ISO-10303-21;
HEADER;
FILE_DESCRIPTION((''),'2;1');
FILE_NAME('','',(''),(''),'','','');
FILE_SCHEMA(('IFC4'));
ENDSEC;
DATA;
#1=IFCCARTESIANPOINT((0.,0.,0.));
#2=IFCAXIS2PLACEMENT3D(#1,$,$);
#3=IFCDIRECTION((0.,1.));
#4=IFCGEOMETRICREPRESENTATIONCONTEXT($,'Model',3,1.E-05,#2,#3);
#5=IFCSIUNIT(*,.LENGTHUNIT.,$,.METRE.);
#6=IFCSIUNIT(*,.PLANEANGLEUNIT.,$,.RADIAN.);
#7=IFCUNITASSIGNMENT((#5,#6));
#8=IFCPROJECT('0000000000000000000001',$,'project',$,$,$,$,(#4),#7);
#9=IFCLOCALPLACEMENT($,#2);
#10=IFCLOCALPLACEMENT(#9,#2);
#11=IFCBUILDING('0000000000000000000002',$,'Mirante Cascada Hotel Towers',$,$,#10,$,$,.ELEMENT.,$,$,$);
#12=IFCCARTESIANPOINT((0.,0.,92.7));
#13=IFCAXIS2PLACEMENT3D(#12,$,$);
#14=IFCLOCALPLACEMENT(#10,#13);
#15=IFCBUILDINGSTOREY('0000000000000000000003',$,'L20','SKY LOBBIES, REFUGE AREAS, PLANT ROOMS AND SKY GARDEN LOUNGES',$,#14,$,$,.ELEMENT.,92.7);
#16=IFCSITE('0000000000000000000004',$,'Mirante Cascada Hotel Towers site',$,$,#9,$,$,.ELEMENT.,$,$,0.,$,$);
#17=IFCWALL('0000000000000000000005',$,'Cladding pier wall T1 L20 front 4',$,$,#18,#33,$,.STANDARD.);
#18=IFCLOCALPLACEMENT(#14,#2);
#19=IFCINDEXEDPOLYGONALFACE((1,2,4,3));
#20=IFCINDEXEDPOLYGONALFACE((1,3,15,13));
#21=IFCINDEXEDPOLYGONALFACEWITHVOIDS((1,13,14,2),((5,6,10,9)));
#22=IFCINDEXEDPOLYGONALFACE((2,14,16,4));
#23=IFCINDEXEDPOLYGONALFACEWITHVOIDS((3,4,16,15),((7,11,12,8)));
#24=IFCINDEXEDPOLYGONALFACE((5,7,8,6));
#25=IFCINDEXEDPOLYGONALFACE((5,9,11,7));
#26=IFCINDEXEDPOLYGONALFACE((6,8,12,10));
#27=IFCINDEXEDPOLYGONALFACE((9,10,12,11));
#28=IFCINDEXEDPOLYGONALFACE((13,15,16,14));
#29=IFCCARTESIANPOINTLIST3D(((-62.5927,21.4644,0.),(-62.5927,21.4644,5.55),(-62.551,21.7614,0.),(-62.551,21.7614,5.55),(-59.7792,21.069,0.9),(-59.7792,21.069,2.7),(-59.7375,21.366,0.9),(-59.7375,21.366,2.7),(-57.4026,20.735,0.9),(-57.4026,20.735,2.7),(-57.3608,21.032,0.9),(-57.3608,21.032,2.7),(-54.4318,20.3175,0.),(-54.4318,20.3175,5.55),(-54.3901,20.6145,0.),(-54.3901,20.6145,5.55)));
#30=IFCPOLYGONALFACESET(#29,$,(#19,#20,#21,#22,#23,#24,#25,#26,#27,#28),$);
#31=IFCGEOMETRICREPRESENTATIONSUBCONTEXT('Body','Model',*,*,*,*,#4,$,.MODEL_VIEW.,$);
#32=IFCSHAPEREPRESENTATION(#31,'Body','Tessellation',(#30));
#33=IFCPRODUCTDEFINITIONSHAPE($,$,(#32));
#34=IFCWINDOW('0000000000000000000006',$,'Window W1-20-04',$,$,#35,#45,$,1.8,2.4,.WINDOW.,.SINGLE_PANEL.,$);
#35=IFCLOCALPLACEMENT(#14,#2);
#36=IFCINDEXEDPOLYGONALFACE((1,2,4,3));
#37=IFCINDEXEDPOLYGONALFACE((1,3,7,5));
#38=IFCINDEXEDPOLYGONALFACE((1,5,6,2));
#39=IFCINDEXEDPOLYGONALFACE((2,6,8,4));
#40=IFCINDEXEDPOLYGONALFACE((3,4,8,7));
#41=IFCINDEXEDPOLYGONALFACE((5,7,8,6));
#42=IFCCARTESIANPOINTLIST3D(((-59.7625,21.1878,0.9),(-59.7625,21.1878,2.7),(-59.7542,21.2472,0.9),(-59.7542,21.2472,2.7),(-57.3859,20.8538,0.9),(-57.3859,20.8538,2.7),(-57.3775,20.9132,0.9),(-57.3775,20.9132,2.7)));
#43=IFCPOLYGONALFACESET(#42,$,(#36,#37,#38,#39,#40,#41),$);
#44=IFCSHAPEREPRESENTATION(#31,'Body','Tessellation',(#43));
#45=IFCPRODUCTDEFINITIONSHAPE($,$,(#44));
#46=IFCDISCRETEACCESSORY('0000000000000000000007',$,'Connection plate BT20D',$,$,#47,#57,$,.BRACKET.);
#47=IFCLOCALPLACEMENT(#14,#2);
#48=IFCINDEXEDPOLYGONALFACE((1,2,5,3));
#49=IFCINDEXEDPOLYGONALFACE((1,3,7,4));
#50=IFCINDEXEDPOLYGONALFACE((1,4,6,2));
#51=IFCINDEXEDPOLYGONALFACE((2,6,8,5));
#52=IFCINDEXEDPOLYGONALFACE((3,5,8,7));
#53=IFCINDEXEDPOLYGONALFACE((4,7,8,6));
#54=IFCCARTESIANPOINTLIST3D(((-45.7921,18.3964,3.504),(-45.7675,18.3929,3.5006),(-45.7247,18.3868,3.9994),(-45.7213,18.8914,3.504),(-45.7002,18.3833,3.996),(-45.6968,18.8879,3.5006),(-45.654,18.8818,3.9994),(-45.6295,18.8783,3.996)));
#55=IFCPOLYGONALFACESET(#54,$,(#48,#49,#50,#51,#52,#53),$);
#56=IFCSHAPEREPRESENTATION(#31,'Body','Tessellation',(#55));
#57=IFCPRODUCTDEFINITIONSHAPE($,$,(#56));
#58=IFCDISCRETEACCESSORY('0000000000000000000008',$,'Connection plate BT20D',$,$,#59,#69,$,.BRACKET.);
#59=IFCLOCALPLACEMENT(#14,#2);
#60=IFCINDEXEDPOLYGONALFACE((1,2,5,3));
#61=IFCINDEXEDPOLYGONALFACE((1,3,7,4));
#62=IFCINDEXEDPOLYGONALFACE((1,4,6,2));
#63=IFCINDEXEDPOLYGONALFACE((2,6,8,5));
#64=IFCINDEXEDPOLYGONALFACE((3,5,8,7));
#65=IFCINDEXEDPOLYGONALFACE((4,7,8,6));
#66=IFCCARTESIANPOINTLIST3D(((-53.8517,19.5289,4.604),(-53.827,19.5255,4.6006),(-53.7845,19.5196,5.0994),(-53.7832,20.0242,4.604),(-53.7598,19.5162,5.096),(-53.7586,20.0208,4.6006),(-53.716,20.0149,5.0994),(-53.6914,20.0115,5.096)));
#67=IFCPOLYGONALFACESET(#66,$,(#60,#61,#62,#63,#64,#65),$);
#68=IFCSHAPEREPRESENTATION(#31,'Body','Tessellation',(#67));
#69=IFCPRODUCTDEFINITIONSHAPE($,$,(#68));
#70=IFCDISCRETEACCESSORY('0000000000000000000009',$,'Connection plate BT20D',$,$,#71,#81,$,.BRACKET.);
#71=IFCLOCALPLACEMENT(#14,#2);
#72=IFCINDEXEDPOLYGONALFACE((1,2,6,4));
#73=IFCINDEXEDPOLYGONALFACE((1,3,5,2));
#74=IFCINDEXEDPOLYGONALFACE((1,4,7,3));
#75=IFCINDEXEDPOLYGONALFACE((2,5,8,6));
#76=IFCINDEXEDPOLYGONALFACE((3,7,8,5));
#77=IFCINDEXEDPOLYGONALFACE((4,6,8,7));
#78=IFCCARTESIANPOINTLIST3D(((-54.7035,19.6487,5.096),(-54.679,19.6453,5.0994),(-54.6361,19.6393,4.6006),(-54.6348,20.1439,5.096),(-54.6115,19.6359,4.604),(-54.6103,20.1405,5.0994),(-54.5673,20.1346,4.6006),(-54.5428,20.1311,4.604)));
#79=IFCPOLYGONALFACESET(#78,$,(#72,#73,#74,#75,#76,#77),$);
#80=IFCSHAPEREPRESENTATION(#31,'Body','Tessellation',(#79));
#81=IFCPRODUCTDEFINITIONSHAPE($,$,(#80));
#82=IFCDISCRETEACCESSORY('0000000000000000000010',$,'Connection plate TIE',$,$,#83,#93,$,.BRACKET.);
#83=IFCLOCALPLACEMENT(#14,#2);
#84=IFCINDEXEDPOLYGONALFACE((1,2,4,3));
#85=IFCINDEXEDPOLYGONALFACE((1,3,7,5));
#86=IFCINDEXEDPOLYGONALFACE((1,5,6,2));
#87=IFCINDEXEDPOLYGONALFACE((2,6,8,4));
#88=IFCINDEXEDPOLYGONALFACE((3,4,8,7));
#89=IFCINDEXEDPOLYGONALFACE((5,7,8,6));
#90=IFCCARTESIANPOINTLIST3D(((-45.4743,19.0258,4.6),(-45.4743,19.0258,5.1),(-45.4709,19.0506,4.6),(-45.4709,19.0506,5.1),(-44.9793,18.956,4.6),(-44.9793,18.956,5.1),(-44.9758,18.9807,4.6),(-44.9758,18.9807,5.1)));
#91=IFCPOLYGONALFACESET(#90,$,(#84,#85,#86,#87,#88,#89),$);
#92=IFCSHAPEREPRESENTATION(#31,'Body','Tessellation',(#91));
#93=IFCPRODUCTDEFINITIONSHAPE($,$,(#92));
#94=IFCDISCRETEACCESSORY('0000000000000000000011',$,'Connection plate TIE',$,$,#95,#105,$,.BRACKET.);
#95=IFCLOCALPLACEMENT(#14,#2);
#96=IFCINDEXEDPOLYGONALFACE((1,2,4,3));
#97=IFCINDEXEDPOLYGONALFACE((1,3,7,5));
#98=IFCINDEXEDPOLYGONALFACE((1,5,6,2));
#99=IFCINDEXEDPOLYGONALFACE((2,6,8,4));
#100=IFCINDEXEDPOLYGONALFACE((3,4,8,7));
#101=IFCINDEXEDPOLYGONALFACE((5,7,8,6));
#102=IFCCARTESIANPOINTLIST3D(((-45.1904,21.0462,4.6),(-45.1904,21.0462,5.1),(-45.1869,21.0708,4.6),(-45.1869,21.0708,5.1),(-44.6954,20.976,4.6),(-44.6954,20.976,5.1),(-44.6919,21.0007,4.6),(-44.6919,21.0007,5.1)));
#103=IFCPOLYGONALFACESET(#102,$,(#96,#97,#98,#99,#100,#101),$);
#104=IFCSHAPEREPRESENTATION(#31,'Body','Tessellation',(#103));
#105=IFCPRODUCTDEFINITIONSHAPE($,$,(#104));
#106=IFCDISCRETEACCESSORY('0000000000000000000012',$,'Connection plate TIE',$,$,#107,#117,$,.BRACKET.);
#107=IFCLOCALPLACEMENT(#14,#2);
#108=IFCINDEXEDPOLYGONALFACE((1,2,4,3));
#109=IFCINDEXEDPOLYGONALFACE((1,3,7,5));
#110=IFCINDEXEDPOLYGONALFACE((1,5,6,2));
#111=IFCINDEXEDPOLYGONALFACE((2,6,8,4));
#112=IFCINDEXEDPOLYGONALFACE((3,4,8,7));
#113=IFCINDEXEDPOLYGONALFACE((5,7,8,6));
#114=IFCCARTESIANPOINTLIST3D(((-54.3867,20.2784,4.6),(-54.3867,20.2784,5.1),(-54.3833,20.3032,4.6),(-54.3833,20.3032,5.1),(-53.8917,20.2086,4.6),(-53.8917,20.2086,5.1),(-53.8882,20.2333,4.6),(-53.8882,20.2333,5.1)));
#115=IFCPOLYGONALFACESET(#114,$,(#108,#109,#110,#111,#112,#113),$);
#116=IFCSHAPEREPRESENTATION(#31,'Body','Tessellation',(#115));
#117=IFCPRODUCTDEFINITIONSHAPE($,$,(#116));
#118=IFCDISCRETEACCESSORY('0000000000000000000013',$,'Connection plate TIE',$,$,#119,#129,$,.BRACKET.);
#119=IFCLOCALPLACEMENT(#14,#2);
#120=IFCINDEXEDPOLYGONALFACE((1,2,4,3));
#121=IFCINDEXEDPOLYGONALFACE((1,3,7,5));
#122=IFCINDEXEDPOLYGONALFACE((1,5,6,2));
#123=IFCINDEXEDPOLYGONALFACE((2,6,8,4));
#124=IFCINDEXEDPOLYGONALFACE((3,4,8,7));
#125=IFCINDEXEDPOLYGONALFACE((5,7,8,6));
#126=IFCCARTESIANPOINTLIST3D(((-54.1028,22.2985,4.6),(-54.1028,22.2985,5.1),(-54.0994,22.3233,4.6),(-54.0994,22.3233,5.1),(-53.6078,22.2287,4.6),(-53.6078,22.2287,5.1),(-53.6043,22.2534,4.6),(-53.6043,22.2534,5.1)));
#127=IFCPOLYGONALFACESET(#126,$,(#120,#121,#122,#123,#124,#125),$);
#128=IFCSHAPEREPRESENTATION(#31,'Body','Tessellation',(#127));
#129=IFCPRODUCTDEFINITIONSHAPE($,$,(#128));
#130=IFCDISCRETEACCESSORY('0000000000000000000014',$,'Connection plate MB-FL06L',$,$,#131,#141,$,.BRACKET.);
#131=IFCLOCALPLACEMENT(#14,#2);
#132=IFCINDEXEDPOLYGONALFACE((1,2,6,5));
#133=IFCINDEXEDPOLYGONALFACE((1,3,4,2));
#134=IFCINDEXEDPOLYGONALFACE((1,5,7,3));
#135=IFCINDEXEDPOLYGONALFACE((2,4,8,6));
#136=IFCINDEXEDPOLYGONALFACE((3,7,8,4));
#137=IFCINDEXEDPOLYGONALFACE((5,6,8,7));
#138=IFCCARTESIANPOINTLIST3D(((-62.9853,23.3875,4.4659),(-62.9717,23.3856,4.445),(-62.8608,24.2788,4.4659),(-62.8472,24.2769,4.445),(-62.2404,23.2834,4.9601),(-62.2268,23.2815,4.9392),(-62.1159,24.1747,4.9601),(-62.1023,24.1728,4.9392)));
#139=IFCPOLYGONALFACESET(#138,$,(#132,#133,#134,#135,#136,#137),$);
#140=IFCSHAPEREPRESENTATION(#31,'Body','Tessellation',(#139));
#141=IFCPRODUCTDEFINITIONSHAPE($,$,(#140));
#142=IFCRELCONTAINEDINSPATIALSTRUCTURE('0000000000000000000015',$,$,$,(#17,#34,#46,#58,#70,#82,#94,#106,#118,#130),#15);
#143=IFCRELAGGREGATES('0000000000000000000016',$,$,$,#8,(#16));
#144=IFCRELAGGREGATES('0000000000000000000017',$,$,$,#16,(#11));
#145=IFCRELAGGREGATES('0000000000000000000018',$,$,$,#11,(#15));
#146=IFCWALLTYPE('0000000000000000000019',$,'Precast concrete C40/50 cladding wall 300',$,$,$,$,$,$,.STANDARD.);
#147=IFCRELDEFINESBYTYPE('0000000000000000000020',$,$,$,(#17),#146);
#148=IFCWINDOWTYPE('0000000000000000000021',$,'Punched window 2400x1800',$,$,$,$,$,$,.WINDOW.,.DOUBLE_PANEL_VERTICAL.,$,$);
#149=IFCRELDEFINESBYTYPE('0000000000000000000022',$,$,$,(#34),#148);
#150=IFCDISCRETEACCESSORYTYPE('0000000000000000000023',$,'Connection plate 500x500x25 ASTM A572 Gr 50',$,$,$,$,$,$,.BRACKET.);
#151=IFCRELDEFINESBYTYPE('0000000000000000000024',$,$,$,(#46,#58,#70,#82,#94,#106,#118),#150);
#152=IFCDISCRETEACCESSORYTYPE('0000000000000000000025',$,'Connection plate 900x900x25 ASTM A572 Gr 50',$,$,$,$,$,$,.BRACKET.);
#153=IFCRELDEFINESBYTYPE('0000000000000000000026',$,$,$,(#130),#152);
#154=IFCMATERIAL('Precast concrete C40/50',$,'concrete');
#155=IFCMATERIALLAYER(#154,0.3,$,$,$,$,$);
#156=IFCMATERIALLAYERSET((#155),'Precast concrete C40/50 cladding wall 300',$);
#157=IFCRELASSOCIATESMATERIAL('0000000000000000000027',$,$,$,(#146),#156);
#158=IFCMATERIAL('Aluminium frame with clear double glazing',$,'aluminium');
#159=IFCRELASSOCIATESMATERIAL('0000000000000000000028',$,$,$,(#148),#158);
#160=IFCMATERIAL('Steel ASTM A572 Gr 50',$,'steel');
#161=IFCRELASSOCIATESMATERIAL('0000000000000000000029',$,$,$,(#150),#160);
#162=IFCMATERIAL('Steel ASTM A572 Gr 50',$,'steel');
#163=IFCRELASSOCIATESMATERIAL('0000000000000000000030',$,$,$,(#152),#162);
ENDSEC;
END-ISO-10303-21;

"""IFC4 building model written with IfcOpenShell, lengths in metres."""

from ifc_helpers import new_model, si_unit, direction, frame, frame_2d, origin, origin_2d, place, context, subcontext, project, spatial, rectangle, extrude, material, layer, layer_set, material_profile, profile_set, type_object, element, fill, save


model = new_model("IFC4")

# Units and contexts
model_context = context("Model", 3, precision=1e-05, world=origin(), true_north=direction((0.0, 1.0)))
body_context = subcontext(model_context, "Body", "Model", "MODEL_VIEW")
ifc_project = project(units=[si_unit("LENGTHUNIT", "METRE"), si_unit("PLANEANGLEUNIT", "RADIAN")], contexts=[model_context])

# Site, building, storey
site_placement = place(None, origin())
site = spatial("IfcSite", under=ifc_project, at=site_placement, Name="Mirante Cascada Hotel Towers site", CompositionType="ELEMENT", RefElevation=0.0)
building_placement = place(site_placement, origin())
building = spatial("IfcBuilding", under=site, at=building_placement, Name="Mirante Cascada Hotel Towers", CompositionType="ELEMENT")
storey_placement = place(building_placement, frame((0.0, 0.0, 92.7)))
storey = spatial("IfcBuildingStorey", under=building, at=storey_placement, Name="L20", Description="SKY LOBBIES, REFUGE AREAS, PLANT ROOMS AND SKY GARDEN LOUNGES", CompositionType="ELEMENT", Elevation=92.7)

# Wall, opening, window
ifc_material_1 = material(Name="Precast concrete C40/50", Category="concrete")
ifc_layer = layer(ifc_material_1, 0.3)
ifc_layer_set = layer_set([ifc_layer], Name="Precast concrete C40/50 cladding wall 300")
wall_type = type_object("IfcWallType", Name="Precast concrete C40/50 cladding wall 300", PredefinedType="STANDARD", material=ifc_layer_set)
ifc_material_2 = material(Name="Aluminium frame with clear double glazing", Category="aluminium")
window_type = type_object("IfcWindowType", Name="Punched window 2400x1800", PartitioningType="DOUBLE_PANEL_VERTICAL", PredefinedType="WINDOW", material=ifc_material_2)
wall_1_placement = place(storey_placement, frame((-54.4109, 20.466, 0.0), z_axis=(0.0, 0.0, 1.0), x_axis=(-0.990269, 0.139168, 0.0)))
wall_1 = element("IfcWall", 1, at=wall_1_placement, inside=storey, type_object=wall_type, Name="Cladding pier wall T1 L20 front 4", PredefinedType="STANDARD", context=body_context, shape_type="SweptSolid", body=[
    extrude(rectangle(XDim=8.2411, YDim=0.3, at=frame_2d((4.1206, 0.0))), origin(), (0.0, 0.0, 1.0), 5.55),
])
opening_1_placement = place(wall_1_placement, frame((3.0, 0.0, 0.9)))
opening_1 = element("IfcOpeningElement", 2, at=opening_1_placement, cuts=wall_1, PredefinedType="OPENING", context=body_context, shape_type="SweptSolid", body=[
    extrude(rectangle(XDim=2.4, YDim=1.8, at=frame_2d((1.2, 0.9))), frame((0.0, 0.15, 0.0), z_axis=(0.0, -1.0, 0.0), x_axis=(1.0, 0.0, 0.0)), (0.0, 0.0, 1.0), 0.3),
])
window_1_placement = place(opening_1_placement, origin())
window_1 = element("IfcWindow", 3, at=window_1_placement, inside=storey, type_object=window_type, Name="Window W1-20-04", OverallHeight=1.8, OverallWidth=2.4, PartitioningType="SINGLE_PANEL", PredefinedType="WINDOW", context=body_context, shape_type="SweptSolid", body=[
    extrude(rectangle(XDim=2.4, YDim=1.8, at=frame_2d((1.2, 0.9))), frame((0.0, 0.03, 0.0), z_axis=(0.0, -1.0, 0.0), x_axis=(1.0, 0.0, 0.0)), (0.0, 0.0, 1.0), 0.06),
])
fill(opening_1, window_1)

# Discrete accessories
ifc_material_3 = material(Name="Steel ASTM A572 Gr 50", Category="steel")
ifc_material_profile_1 = material_profile(ifc_material_3, rectangle(XDim=0.5, YDim=0.5, at=origin_2d()), Name="Connection plate 500x500x25 ASTM A572 Gr 50")
ifc_profile_set_1 = profile_set([ifc_material_profile_1], Name="Steel ASTM A572 Gr 50")
discrete_accessory_type_1 = type_object("IfcDiscreteAccessoryType", Name="Connection plate 500x500x25 ASTM A572 Gr 50", PredefinedType="BRACKET", material=ifc_profile_set_1)
discrete_accessory_1_placement = place(storey_placement, frame((-45.6985, 18.6356, 3.7483), z_axis=(-0.980738, 0.140105, 0.136102), x_axis=(-0.141421, -0.98995, 0.0)))
element("IfcDiscreteAccessory", 4, at=discrete_accessory_1_placement, inside=storey, type_object=discrete_accessory_type_1, Name="Connection plate BT20D", PredefinedType="BRACKET", context=body_context, shape_type="SweptSolid", body=[
    extrude(rectangle(XDim=0.5, YDim=0.5, at=origin_2d()), origin(), (0.0, 0.0, 1.0), 0.025),
])
discrete_accessory_2_placement = place(storey_placement, frame((-53.7592, 19.7685, 4.8483), z_axis=(-0.981428, 0.135645, 0.135645), x_axis=(-0.13691, -0.990583, 0.0)))
element("IfcDiscreteAccessory", 5, at=discrete_accessory_2_placement, inside=storey, type_object=discrete_accessory_type_1, Name="Connection plate BT20D", PredefinedType="BRACKET", context=body_context, shape_type="SweptSolid", body=[
    extrude(rectangle(XDim=0.5, YDim=0.5, at=origin_2d()), origin(), (0.0, 0.0, 1.0), 0.0251),
])
for number, where, z_axis, x_axis, name in (
    (6, (-54.6109, 19.8882, 4.8517), (-0.98128, 0.136178, -0.136178), (-0.137458, -0.990508, 0.0), "Connection plate BT20D"),
    (7, (-45.2268, 18.9909, 4.85), (0.139744, 0.990188, 0.0), (-0.990188, 0.139744, 0.0), "Connection plate TIE"),
):
    element("IfcDiscreteAccessory", number, at=place(storey_placement, frame(where, z_axis=z_axis, x_axis=x_axis)), inside=storey, type_object=discrete_accessory_type_1, Name=name, PredefinedType="BRACKET", context=body_context, shape_type="SweptSolid", body=[
        extrude(rectangle(XDim=0.5, YDim=0.5, at=origin_2d()), origin(), (0.0, 0.0, 1.0), 0.025),
    ])
discrete_accessory_3_placement = place(storey_placement, frame((-44.9429, 21.0111, 4.85), z_axis=(0.140299, 0.990109, 0.0), x_axis=(-0.990109, 0.140299, 0.0)))
element("IfcDiscreteAccessory", 8, at=discrete_accessory_3_placement, inside=storey, type_object=discrete_accessory_type_1, Name="Connection plate TIE", PredefinedType="BRACKET", context=body_context, shape_type="SweptSolid", body=[
    extrude(rectangle(XDim=0.5, YDim=0.5, at=origin_2d()), origin(), (0.0, 0.0, 1.0), 0.0249),
])
for number, where, z_axis, x_axis, name in (
    (9, (-54.1392, 20.2435, 4.85), (0.139744, 0.990188, 0.0), (-0.990188, 0.139744, 0.0), "Connection plate TIE"),
    (10, (-53.8553, 22.2636, 4.85), (0.139744, 0.990188, 0.0), (-0.990188, 0.139744, 0.0), "Connection plate TIE"),
):
    element("IfcDiscreteAccessory", number, at=place(storey_placement, frame(where, z_axis=z_axis, x_axis=x_axis)), inside=storey, type_object=discrete_accessory_type_1, Name=name, PredefinedType="BRACKET", context=body_context, shape_type="SweptSolid", body=[
        extrude(rectangle(XDim=0.5, YDim=0.5, at=origin_2d()), origin(), (0.0, 0.0, 1.0), 0.025),
    ])
ifc_material_4 = material(Name="Steel ASTM A572 Gr 50", Category="steel")
ifc_material_profile_2 = material_profile(ifc_material_4, rectangle(XDim=0.9, YDim=0.9, at=origin_2d()), Name="Connection plate 900x900x25 ASTM A572 Gr 50")
ifc_profile_set_2 = profile_set([ifc_material_profile_2], Name="Steel ASTM A572 Gr 50")
discrete_accessory_type_2 = type_object("IfcDiscreteAccessoryType", Name="Connection plate 900x900x25 ASTM A572 Gr 50", PredefinedType="BRACKET", material=ifc_profile_set_2)
discrete_accessory_4_placement = place(storey_placement, frame((-62.537, 23.7792, 4.6921), z_axis=(-0.543835, 0.075977, 0.835746), x_axis=(-0.138362, -0.990382, 0.0)))
element("IfcDiscreteAccessory", 11, at=discrete_accessory_4_placement, inside=storey, type_object=discrete_accessory_type_2, Name="Connection plate MB-FL06L", PredefinedType="BRACKET", context=body_context, shape_type="SweptSolid", body=[
    extrude(rectangle(XDim=0.9, YDim=0.9, at=origin_2d()), origin(), (0.0, 0.0, 1.0), 0.025),
])

save(model, "model.ifc")
